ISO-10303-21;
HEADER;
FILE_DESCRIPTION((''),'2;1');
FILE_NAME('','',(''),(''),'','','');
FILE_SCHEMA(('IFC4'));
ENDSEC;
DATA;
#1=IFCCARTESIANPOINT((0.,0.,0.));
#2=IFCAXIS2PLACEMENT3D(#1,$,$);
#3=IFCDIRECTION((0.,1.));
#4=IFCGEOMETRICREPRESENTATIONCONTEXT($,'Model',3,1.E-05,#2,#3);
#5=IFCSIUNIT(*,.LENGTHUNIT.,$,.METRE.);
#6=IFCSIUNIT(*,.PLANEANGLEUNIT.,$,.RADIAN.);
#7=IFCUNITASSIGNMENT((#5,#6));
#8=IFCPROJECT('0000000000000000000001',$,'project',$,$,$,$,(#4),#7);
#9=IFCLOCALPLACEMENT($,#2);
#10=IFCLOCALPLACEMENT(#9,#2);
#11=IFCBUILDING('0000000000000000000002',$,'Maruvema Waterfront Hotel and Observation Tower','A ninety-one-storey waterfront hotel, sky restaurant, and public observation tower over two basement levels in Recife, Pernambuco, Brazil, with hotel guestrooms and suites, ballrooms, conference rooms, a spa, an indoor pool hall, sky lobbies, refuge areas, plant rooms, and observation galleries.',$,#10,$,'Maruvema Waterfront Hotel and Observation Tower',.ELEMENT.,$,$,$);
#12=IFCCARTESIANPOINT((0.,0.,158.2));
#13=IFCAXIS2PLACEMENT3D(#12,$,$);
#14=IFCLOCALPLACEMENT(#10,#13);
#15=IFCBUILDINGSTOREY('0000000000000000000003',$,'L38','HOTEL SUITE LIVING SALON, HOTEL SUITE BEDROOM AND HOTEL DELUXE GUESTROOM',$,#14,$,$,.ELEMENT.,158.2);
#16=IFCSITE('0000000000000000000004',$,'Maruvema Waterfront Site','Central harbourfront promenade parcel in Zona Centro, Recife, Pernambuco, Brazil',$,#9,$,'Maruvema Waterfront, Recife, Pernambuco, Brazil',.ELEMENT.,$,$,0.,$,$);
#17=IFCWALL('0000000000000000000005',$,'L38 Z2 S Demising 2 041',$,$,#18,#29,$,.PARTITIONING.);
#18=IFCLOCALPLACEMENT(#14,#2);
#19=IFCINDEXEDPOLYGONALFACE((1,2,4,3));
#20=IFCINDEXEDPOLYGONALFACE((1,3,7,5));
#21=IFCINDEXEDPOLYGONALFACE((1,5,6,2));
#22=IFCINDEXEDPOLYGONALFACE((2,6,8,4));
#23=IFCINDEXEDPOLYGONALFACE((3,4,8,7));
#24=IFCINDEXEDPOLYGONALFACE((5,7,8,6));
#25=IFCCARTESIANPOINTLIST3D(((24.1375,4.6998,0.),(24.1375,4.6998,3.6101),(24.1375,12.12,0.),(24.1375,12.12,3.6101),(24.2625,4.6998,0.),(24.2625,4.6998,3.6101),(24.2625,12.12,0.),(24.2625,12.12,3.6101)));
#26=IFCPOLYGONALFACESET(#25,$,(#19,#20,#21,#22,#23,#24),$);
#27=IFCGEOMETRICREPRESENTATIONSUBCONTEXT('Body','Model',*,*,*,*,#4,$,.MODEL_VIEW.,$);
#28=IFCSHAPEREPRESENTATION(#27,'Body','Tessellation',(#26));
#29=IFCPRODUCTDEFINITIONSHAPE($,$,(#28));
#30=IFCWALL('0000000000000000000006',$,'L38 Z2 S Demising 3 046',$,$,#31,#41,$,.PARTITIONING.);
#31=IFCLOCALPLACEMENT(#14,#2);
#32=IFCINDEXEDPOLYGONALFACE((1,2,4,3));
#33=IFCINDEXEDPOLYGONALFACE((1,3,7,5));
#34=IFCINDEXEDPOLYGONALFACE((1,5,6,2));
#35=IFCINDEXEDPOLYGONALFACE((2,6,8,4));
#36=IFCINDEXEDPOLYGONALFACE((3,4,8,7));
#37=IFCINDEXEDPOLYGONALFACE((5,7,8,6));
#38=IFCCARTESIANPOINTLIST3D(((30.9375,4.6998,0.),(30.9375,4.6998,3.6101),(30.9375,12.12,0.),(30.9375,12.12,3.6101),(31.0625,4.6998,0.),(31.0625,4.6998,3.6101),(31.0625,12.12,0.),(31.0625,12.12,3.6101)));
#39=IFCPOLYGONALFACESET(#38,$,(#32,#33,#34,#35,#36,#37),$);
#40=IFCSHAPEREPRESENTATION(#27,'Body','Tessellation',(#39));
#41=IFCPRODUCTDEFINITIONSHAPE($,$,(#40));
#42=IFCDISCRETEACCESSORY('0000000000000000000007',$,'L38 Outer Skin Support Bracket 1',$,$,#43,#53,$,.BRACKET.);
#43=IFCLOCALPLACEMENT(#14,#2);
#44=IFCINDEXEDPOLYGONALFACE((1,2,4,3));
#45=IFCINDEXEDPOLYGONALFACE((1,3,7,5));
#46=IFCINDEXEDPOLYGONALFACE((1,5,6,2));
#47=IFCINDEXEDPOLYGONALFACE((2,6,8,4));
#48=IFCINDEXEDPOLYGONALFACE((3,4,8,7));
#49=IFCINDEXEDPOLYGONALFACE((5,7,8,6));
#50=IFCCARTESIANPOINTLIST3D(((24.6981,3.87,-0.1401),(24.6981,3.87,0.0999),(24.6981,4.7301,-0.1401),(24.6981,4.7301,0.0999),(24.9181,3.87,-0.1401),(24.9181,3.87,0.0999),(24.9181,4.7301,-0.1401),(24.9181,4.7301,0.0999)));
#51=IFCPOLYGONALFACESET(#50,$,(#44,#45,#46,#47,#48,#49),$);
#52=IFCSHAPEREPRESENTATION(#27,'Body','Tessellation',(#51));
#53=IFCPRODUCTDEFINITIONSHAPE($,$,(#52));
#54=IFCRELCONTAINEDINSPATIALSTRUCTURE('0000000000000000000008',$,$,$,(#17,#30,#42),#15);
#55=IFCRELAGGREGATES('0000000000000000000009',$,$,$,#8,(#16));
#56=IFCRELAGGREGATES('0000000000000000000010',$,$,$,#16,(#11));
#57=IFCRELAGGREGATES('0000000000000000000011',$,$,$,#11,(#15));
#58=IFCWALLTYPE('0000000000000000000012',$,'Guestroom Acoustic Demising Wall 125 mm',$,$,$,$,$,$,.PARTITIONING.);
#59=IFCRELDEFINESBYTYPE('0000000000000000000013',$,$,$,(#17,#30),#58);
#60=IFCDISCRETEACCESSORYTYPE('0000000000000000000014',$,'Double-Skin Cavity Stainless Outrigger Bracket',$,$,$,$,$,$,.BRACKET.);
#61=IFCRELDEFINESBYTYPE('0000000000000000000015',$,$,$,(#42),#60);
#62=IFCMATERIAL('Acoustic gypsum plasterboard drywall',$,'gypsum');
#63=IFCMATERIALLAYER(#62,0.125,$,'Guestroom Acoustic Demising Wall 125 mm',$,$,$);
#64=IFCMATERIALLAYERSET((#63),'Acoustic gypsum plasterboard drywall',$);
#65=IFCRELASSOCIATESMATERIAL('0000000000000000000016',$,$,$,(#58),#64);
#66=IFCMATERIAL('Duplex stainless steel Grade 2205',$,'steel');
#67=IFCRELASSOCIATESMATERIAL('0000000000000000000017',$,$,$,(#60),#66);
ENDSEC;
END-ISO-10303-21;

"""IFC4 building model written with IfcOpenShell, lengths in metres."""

from ifc_helpers import new_model, si_unit, direction, frame, frame_2d, origin, origin_2d, place, context, subcontext, project, spatial, rectangle, extrude, material, layer, layer_set, type_object, element, save


model = new_model("IFC4")

# Units and contexts
model_context = context("Model", 3, precision=1e-05, world=origin(), true_north=direction((0.0, 1.0)))
body_context = subcontext(model_context, "Body", "Model", "MODEL_VIEW")
ifc_project = project(units=[si_unit("LENGTHUNIT", "METRE"), si_unit("PLANEANGLEUNIT", "RADIAN")], contexts=[model_context])

# Site, building, storey
site_placement = place(None, origin())
site = spatial("IfcSite", under=ifc_project, at=site_placement, Name="Maruvema Waterfront Site", Description="Central harbourfront promenade parcel in Zona Centro, Recife, Pernambuco, Brazil", LongName="Maruvema Waterfront, Recife, Pernambuco, Brazil", CompositionType="ELEMENT", RefElevation=0.0)
building_placement = place(site_placement, origin())
building = spatial("IfcBuilding", under=site, at=building_placement, Name="Maruvema Waterfront Hotel and Observation Tower", Description="A ninety-one-storey waterfront hotel, sky restaurant, and public observation tower over two basement levels in Recife, Pernambuco, Brazil, with hotel guestrooms and suites, ballrooms, conference rooms, a spa, an indoor pool hall, sky lobbies, refuge areas, plant rooms, and observation galleries.", LongName="Maruvema Waterfront Hotel and Observation Tower", CompositionType="ELEMENT")
storey_placement = place(building_placement, frame((0.0, 0.0, 158.2)))
storey = spatial("IfcBuildingStorey", under=building, at=storey_placement, Name="L38", Description="HOTEL SUITE LIVING SALON, HOTEL SUITE BEDROOM AND HOTEL DELUXE GUESTROOM", CompositionType="ELEMENT", Elevation=158.2)

# Walls
ifc_material_1 = material(Name="Acoustic gypsum plasterboard drywall", Category="gypsum")
ifc_layer_1 = layer(ifc_material_1, 0.125, Name="Guestroom Acoustic Demising Wall 125 mm")
ifc_layer_set_1 = layer_set([ifc_layer_1], Name="Acoustic gypsum plasterboard drywall")
wall_type_1 = type_object("IfcWallType", Name="Guestroom Acoustic Demising Wall 125 mm", PredefinedType="PARTITIONING", material=ifc_layer_set_1)
for number, where, z_axis, x_axis, name in (
    (1, (24.2, 4.7, 0.0), (0.0, 0.0, 1.0), (0.0, 1.0, 0.0), "L38 Z2 S Demising 2 041"),
    (2, (31.0, 4.7, 0.0), (0.0, 0.0, 1.0), (0.0, 1.0, 0.0), "L38 Z2 S Demising 3 046"),
):
    element("IfcWall", number, at=place(storey_placement, frame(where, z_axis=z_axis, x_axis=x_axis)), inside=storey, type_object=wall_type_1, Name=name, PredefinedType="PARTITIONING", context=body_context, shape_type="SweptSolid", body=[
        extrude(rectangle(XDim=7.4202, YDim=0.125, at=frame_2d((3.71, 0.0))), origin(), (0.0, 0.0, 1.0), 3.6101),
    ])

# Discrete accessory
ifc_material_2 = material(Name="Duplex stainless steel Grade 2205", Category="steel")
discrete_accessory_type = type_object("IfcDiscreteAccessoryType", Name="Double-Skin Cavity Stainless Outrigger Bracket", PredefinedType="BRACKET", material=ifc_material_2)
discrete_accessory_placement = place(storey_placement, frame((24.8081, 4.3, -0.1401), z_axis=(0.0, 0.0, 1.0), x_axis=(1.0, 0.0, 0.0)))
element("IfcDiscreteAccessory", 3, at=discrete_accessory_placement, inside=storey, type_object=discrete_accessory_type, Name="L38 Outer Skin Support Bracket 1", PredefinedType="BRACKET", context=body_context, shape_type="SweptSolid", body=[
    extrude(rectangle(XDim=0.22, YDim=0.8601, at=origin_2d()), origin(), (0.0, 0.0, 1.0), 0.24),
])

save(model, "model.ifc")
